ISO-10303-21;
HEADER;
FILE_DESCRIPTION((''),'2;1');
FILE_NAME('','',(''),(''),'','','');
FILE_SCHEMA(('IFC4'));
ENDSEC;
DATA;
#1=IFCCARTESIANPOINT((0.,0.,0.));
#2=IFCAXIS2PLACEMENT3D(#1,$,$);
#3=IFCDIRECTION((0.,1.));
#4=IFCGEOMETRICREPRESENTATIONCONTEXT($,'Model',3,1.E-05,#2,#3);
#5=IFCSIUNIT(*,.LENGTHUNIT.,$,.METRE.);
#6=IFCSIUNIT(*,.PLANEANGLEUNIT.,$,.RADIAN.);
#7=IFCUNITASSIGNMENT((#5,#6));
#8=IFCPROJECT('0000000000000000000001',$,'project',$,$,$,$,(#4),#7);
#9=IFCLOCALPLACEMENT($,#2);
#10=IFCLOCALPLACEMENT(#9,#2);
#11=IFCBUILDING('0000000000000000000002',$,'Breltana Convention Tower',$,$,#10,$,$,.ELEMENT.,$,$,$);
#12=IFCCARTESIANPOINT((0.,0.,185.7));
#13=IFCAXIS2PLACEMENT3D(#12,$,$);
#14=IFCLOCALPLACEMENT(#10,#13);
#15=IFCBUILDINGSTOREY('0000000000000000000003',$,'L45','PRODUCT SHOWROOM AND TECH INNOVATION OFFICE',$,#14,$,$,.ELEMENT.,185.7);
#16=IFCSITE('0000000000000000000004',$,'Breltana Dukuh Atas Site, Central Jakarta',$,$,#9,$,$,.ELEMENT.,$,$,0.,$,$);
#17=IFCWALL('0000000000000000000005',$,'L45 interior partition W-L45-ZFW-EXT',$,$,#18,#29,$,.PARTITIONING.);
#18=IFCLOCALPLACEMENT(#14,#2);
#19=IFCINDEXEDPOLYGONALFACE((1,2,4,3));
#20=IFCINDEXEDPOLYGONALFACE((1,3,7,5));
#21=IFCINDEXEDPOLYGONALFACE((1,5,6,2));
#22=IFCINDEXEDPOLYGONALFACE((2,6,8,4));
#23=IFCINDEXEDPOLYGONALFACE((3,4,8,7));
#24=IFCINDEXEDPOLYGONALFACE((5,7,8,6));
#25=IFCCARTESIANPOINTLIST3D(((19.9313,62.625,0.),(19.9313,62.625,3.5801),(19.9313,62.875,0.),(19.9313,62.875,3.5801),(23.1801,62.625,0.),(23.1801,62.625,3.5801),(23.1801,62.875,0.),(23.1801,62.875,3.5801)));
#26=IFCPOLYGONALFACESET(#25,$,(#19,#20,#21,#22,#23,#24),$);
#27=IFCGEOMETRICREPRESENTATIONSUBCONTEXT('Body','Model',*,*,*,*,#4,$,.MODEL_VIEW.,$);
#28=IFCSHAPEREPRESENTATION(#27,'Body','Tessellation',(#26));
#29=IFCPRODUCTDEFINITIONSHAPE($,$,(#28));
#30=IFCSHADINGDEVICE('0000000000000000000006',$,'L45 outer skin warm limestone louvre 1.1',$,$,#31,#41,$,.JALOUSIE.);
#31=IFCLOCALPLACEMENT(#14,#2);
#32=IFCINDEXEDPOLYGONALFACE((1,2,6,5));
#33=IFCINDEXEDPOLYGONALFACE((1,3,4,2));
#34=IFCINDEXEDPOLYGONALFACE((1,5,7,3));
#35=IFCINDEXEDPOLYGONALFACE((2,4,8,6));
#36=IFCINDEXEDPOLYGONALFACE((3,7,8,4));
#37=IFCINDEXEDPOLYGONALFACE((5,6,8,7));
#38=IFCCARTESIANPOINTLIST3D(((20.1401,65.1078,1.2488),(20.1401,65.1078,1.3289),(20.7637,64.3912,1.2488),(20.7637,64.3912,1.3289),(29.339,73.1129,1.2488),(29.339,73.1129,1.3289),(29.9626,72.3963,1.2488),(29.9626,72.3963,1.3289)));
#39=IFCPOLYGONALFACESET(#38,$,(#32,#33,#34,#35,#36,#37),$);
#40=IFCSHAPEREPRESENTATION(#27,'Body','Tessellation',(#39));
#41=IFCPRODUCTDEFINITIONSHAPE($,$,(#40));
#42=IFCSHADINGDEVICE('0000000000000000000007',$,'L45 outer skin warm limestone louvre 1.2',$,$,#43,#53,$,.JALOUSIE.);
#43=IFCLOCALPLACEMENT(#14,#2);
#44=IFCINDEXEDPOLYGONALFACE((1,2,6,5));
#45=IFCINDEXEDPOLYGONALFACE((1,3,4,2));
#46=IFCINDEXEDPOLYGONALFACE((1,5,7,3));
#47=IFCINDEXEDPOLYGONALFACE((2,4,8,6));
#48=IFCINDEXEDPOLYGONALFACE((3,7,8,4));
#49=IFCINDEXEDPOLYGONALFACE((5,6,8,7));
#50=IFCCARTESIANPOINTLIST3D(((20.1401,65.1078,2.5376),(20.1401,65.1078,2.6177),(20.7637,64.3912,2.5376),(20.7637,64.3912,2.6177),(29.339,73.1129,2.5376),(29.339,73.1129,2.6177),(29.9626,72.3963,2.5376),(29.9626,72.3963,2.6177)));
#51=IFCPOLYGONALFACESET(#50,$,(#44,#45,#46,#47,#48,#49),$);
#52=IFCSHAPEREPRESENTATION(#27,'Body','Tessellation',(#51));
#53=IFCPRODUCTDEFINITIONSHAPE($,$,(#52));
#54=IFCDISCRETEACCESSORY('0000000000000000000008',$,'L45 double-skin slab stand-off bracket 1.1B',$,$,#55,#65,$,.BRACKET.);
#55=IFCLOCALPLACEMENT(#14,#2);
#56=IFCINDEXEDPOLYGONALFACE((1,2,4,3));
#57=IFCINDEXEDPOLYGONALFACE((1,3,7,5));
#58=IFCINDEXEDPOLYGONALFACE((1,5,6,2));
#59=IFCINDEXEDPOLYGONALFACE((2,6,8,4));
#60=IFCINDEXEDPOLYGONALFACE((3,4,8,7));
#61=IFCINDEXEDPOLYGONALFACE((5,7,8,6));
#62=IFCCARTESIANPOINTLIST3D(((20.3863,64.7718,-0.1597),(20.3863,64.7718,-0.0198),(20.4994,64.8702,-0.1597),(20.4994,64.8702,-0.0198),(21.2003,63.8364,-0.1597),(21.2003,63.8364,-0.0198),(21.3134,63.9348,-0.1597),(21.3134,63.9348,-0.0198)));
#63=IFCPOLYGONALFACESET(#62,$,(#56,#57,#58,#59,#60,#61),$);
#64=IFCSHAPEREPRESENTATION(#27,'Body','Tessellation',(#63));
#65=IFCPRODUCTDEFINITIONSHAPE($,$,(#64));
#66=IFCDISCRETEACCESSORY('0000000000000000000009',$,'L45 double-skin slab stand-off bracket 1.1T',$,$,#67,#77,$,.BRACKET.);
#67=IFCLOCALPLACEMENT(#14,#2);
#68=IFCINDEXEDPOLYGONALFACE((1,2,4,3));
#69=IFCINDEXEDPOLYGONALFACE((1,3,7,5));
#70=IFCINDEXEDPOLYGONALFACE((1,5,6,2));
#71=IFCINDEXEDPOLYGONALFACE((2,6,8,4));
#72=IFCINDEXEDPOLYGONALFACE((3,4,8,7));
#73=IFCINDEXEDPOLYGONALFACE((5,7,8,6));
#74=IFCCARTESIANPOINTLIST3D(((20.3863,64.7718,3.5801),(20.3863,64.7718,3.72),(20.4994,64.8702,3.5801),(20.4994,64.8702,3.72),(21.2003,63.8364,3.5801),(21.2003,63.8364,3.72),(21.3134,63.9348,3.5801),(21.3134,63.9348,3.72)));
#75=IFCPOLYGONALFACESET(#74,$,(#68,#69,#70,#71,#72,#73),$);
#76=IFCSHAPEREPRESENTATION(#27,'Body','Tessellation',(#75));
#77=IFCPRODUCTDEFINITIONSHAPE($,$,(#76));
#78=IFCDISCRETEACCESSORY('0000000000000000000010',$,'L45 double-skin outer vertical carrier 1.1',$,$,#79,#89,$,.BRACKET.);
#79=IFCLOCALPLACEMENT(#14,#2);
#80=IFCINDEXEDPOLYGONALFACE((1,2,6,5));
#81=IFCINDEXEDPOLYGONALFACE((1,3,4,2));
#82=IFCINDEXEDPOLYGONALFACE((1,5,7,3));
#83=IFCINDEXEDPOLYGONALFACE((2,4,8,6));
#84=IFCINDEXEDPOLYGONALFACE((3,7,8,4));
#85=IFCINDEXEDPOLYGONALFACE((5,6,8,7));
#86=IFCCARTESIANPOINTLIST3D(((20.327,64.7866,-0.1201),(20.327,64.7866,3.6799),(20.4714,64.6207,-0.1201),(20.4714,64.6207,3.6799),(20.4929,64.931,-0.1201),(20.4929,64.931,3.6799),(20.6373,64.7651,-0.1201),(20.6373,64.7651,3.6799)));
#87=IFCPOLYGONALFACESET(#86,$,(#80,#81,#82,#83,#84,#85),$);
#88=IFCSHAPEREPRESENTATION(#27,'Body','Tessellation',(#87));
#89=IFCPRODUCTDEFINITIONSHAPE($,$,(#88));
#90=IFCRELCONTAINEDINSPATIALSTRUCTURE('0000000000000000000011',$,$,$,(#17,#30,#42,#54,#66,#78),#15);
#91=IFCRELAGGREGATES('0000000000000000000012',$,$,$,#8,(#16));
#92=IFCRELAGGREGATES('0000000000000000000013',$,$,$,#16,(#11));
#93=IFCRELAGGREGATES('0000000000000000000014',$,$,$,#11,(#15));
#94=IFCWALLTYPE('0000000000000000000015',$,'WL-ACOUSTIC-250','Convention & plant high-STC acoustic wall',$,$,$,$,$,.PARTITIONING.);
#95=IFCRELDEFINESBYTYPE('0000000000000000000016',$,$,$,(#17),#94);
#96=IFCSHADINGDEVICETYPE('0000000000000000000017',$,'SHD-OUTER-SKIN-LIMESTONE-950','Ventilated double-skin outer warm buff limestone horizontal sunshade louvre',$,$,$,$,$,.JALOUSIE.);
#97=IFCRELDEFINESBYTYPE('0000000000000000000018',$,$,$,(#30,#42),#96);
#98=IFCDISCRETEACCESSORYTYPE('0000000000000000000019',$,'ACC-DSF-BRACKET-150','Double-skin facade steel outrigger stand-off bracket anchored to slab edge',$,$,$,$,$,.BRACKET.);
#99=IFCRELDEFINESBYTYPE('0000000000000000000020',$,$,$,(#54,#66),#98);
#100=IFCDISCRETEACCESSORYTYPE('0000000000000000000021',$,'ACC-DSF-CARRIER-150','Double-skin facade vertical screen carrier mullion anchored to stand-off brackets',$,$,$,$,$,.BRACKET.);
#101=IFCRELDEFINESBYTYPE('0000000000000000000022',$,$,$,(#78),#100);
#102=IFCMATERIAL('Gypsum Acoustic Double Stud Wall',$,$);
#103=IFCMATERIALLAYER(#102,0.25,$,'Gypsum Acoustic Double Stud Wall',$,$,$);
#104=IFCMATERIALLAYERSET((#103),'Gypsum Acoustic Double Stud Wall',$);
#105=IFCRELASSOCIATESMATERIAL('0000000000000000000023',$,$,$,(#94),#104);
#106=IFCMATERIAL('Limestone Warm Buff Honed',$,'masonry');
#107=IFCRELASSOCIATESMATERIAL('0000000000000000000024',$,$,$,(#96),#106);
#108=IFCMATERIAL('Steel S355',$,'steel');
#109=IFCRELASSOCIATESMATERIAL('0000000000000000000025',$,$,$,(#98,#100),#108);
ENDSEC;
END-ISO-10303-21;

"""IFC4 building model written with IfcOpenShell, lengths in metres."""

from ifc_helpers import new_model, si_unit, direction, frame, frame_2d, origin, origin_2d, place, context, subcontext, project, spatial, rectangle, extrude, source, transform, mapped, material, layer, layer_set, material_profile, profile_set, type_object, type_shapes, element, save


model = new_model("IFC4")

# Units and contexts
model_context = context("Model", 3, precision=1e-05, world=origin(), true_north=direction((0.0, 1.0)))
body_context = subcontext(model_context, "Body", "Model", "MODEL_VIEW")
ifc_project = project(units=[si_unit("LENGTHUNIT", "METRE"), si_unit("PLANEANGLEUNIT", "RADIAN")], contexts=[model_context])

# Site, building, storey
site_placement = place(None, origin())
site = spatial("IfcSite", under=ifc_project, at=site_placement, Name="Breltana Dukuh Atas Site, Central Jakarta", CompositionType="ELEMENT", RefElevation=0.0)
building_placement = place(site_placement, origin())
building = spatial("IfcBuilding", under=site, at=building_placement, Name="Breltana Convention Tower", CompositionType="ELEMENT")
storey_placement = place(building_placement, frame((0.0, 0.0, 185.7)))
storey = spatial("IfcBuildingStorey", under=building, at=storey_placement, Name="L45", Description="PRODUCT SHOWROOM AND TECH INNOVATION OFFICE", CompositionType="ELEMENT", Elevation=185.7)

# Wall
ifc_material_1 = material(Name="Gypsum Acoustic Double Stud Wall")
ifc_layer_1 = layer(ifc_material_1, 0.25, Name="Gypsum Acoustic Double Stud Wall")
ifc_layer_set_1 = layer_set([ifc_layer_1], Name="Gypsum Acoustic Double Stud Wall")
wall_type_1 = type_object("IfcWallType", Name="WL-ACOUSTIC-250", Description="Convention & plant high-STC acoustic wall", PredefinedType="PARTITIONING", material=ifc_layer_set_1)
shared_shape_1 = source(origin(), body_context, "Body", "SweptSolid", [
    extrude(rectangle(XDim=3.2488, YDim=0.25, at=frame_2d((1.6245, 0.0))), origin(), (0.0, 0.0, 1.0), 3.5801),
])
wall_1_placement = place(storey_placement, frame((19.9312, 62.75, 0.0), z_axis=(0.0, 0.0, 1.0), x_axis=(1.0, 0.0, 0.0)))
element("IfcWall", 1, at=wall_1_placement, inside=storey, type_object=wall_type_1, Name="L45 interior partition W-L45-ZFW-EXT", PredefinedType="PARTITIONING", context=body_context, shape_type="MappedRepresentation", body=[
    mapped(shared_shape_1, transform((0.0, 0.0, 0.0), scale=1.0)),
])

# Shading devices
ifc_material_2 = material(Name="Limestone Warm Buff Honed", Category="masonry")
ifc_material_profile_1 = material_profile(ifc_material_2, rectangle(XDim=0.95, YDim=0.0801, at=origin_2d()), Name="STN-LVR-950X80")
ifc_profile_set_1 = profile_set([ifc_material_profile_1], Name="Limestone Warm Buff Honed")
shading_device_type = type_object("IfcShadingDeviceType", Name="SHD-OUTER-SKIN-LIMESTONE-950", Description="Ventilated double-skin outer warm buff limestone horizontal sunshade louvre", PredefinedType="JALOUSIE", material=ifc_profile_set_1)
shared_shape_2 = source(origin(), body_context, "Body", "SweptSolid", [
    extrude(rectangle(XDim=0.95, YDim=0.0801, at=origin_2d()), origin(), (0.0, 0.0, 1.0), 12.1943),
])
type_shapes(shading_device_type, [shared_shape_2])
for number, where, z_axis, x_axis, name in (
    (2, (20.4519, 64.7495, 1.2888), (0.754361, 0.65646, 0.0), (-0.65646, 0.754361, 0.0), "L45 outer skin warm limestone louvre 1.1"),
    (3, (20.4519, 64.7495, 2.5776), (0.754361, 0.65646, 0.0), (-0.65646, 0.754361, 0.0), "L45 outer skin warm limestone louvre 1.2"),
):
    element("IfcShadingDevice", number, at=place(storey_placement, frame(where, z_axis=z_axis, x_axis=x_axis)), inside=storey, type_object=shading_device_type, Name=name, PredefinedType="JALOUSIE", context=body_context, shape_type="MappedRepresentation", body=[
        mapped(shared_shape_2, transform((0.0, 0.0, 0.0), scale=1.0)),
    ])

# Discrete accessories
ifc_material_3 = material(Name="Steel S355", Category="steel")
discrete_accessory_type_1 = type_object("IfcDiscreteAccessoryType", Name="ACC-DSF-BRACKET-150", Description="Double-skin facade steel outrigger stand-off bracket anchored to slab edge", PredefinedType="BRACKET", material=ifc_material_3)
shared_shape_3 = source(origin(), body_context, "Body", "SweptSolid", [
    extrude(rectangle(XDim=1.24, YDim=0.1499, at=origin_2d()), origin(), (0.0, 0.0, 1.0), 0.1399),
])
type_shapes(discrete_accessory_type_1, [shared_shape_3])
for number, where, z_axis, x_axis, name in (
    (4, (20.8499, 64.3533, -0.1597), (0.0, 0.0, 1.0), (-0.656456, 0.754365, 0.0), "L45 double-skin slab stand-off bracket 1.1B"),
    (5, (20.8499, 64.3533, 3.5801), (0.0, 0.0, 1.0), (-0.656456, 0.754365, 0.0), "L45 double-skin slab stand-off bracket 1.1T"),
):
    element("IfcDiscreteAccessory", number, at=place(storey_placement, frame(where, z_axis=z_axis, x_axis=x_axis)), inside=storey, type_object=discrete_accessory_type_1, Name=name, PredefinedType="BRACKET", context=body_context, shape_type="MappedRepresentation", body=[
        mapped(shared_shape_3, transform((0.0, 0.0, 0.0), scale=1.0)),
    ])
discrete_accessory_type_2 = type_object("IfcDiscreteAccessoryType", Name="ACC-DSF-CARRIER-150", Description="Double-skin facade vertical screen carrier mullion anchored to stand-off brackets", PredefinedType="BRACKET", material=ifc_material_3)
shared_shape_4 = source(origin(), body_context, "Body", "SweptSolid", [
    extrude(rectangle(XDim=0.22, YDim=0.22, at=origin_2d()), origin(), (0.0, 0.0, 1.0), 3.8),
])
discrete_accessory_placement = place(storey_placement, frame((20.4822, 64.7759, -0.1201), z_axis=(0.0, 0.0, 1.0), x_axis=(-0.656456, 0.754365, 0.0)))
element("IfcDiscreteAccessory", 6, at=discrete_accessory_placement, inside=storey, type_object=discrete_accessory_type_2, Name="L45 double-skin outer vertical carrier 1.1", PredefinedType="BRACKET", context=body_context, shape_type="MappedRepresentation", body=[
    mapped(shared_shape_4, transform((0.0, 0.0, 0.0), scale=1.0)),
])

save(model, "model.ifc")
